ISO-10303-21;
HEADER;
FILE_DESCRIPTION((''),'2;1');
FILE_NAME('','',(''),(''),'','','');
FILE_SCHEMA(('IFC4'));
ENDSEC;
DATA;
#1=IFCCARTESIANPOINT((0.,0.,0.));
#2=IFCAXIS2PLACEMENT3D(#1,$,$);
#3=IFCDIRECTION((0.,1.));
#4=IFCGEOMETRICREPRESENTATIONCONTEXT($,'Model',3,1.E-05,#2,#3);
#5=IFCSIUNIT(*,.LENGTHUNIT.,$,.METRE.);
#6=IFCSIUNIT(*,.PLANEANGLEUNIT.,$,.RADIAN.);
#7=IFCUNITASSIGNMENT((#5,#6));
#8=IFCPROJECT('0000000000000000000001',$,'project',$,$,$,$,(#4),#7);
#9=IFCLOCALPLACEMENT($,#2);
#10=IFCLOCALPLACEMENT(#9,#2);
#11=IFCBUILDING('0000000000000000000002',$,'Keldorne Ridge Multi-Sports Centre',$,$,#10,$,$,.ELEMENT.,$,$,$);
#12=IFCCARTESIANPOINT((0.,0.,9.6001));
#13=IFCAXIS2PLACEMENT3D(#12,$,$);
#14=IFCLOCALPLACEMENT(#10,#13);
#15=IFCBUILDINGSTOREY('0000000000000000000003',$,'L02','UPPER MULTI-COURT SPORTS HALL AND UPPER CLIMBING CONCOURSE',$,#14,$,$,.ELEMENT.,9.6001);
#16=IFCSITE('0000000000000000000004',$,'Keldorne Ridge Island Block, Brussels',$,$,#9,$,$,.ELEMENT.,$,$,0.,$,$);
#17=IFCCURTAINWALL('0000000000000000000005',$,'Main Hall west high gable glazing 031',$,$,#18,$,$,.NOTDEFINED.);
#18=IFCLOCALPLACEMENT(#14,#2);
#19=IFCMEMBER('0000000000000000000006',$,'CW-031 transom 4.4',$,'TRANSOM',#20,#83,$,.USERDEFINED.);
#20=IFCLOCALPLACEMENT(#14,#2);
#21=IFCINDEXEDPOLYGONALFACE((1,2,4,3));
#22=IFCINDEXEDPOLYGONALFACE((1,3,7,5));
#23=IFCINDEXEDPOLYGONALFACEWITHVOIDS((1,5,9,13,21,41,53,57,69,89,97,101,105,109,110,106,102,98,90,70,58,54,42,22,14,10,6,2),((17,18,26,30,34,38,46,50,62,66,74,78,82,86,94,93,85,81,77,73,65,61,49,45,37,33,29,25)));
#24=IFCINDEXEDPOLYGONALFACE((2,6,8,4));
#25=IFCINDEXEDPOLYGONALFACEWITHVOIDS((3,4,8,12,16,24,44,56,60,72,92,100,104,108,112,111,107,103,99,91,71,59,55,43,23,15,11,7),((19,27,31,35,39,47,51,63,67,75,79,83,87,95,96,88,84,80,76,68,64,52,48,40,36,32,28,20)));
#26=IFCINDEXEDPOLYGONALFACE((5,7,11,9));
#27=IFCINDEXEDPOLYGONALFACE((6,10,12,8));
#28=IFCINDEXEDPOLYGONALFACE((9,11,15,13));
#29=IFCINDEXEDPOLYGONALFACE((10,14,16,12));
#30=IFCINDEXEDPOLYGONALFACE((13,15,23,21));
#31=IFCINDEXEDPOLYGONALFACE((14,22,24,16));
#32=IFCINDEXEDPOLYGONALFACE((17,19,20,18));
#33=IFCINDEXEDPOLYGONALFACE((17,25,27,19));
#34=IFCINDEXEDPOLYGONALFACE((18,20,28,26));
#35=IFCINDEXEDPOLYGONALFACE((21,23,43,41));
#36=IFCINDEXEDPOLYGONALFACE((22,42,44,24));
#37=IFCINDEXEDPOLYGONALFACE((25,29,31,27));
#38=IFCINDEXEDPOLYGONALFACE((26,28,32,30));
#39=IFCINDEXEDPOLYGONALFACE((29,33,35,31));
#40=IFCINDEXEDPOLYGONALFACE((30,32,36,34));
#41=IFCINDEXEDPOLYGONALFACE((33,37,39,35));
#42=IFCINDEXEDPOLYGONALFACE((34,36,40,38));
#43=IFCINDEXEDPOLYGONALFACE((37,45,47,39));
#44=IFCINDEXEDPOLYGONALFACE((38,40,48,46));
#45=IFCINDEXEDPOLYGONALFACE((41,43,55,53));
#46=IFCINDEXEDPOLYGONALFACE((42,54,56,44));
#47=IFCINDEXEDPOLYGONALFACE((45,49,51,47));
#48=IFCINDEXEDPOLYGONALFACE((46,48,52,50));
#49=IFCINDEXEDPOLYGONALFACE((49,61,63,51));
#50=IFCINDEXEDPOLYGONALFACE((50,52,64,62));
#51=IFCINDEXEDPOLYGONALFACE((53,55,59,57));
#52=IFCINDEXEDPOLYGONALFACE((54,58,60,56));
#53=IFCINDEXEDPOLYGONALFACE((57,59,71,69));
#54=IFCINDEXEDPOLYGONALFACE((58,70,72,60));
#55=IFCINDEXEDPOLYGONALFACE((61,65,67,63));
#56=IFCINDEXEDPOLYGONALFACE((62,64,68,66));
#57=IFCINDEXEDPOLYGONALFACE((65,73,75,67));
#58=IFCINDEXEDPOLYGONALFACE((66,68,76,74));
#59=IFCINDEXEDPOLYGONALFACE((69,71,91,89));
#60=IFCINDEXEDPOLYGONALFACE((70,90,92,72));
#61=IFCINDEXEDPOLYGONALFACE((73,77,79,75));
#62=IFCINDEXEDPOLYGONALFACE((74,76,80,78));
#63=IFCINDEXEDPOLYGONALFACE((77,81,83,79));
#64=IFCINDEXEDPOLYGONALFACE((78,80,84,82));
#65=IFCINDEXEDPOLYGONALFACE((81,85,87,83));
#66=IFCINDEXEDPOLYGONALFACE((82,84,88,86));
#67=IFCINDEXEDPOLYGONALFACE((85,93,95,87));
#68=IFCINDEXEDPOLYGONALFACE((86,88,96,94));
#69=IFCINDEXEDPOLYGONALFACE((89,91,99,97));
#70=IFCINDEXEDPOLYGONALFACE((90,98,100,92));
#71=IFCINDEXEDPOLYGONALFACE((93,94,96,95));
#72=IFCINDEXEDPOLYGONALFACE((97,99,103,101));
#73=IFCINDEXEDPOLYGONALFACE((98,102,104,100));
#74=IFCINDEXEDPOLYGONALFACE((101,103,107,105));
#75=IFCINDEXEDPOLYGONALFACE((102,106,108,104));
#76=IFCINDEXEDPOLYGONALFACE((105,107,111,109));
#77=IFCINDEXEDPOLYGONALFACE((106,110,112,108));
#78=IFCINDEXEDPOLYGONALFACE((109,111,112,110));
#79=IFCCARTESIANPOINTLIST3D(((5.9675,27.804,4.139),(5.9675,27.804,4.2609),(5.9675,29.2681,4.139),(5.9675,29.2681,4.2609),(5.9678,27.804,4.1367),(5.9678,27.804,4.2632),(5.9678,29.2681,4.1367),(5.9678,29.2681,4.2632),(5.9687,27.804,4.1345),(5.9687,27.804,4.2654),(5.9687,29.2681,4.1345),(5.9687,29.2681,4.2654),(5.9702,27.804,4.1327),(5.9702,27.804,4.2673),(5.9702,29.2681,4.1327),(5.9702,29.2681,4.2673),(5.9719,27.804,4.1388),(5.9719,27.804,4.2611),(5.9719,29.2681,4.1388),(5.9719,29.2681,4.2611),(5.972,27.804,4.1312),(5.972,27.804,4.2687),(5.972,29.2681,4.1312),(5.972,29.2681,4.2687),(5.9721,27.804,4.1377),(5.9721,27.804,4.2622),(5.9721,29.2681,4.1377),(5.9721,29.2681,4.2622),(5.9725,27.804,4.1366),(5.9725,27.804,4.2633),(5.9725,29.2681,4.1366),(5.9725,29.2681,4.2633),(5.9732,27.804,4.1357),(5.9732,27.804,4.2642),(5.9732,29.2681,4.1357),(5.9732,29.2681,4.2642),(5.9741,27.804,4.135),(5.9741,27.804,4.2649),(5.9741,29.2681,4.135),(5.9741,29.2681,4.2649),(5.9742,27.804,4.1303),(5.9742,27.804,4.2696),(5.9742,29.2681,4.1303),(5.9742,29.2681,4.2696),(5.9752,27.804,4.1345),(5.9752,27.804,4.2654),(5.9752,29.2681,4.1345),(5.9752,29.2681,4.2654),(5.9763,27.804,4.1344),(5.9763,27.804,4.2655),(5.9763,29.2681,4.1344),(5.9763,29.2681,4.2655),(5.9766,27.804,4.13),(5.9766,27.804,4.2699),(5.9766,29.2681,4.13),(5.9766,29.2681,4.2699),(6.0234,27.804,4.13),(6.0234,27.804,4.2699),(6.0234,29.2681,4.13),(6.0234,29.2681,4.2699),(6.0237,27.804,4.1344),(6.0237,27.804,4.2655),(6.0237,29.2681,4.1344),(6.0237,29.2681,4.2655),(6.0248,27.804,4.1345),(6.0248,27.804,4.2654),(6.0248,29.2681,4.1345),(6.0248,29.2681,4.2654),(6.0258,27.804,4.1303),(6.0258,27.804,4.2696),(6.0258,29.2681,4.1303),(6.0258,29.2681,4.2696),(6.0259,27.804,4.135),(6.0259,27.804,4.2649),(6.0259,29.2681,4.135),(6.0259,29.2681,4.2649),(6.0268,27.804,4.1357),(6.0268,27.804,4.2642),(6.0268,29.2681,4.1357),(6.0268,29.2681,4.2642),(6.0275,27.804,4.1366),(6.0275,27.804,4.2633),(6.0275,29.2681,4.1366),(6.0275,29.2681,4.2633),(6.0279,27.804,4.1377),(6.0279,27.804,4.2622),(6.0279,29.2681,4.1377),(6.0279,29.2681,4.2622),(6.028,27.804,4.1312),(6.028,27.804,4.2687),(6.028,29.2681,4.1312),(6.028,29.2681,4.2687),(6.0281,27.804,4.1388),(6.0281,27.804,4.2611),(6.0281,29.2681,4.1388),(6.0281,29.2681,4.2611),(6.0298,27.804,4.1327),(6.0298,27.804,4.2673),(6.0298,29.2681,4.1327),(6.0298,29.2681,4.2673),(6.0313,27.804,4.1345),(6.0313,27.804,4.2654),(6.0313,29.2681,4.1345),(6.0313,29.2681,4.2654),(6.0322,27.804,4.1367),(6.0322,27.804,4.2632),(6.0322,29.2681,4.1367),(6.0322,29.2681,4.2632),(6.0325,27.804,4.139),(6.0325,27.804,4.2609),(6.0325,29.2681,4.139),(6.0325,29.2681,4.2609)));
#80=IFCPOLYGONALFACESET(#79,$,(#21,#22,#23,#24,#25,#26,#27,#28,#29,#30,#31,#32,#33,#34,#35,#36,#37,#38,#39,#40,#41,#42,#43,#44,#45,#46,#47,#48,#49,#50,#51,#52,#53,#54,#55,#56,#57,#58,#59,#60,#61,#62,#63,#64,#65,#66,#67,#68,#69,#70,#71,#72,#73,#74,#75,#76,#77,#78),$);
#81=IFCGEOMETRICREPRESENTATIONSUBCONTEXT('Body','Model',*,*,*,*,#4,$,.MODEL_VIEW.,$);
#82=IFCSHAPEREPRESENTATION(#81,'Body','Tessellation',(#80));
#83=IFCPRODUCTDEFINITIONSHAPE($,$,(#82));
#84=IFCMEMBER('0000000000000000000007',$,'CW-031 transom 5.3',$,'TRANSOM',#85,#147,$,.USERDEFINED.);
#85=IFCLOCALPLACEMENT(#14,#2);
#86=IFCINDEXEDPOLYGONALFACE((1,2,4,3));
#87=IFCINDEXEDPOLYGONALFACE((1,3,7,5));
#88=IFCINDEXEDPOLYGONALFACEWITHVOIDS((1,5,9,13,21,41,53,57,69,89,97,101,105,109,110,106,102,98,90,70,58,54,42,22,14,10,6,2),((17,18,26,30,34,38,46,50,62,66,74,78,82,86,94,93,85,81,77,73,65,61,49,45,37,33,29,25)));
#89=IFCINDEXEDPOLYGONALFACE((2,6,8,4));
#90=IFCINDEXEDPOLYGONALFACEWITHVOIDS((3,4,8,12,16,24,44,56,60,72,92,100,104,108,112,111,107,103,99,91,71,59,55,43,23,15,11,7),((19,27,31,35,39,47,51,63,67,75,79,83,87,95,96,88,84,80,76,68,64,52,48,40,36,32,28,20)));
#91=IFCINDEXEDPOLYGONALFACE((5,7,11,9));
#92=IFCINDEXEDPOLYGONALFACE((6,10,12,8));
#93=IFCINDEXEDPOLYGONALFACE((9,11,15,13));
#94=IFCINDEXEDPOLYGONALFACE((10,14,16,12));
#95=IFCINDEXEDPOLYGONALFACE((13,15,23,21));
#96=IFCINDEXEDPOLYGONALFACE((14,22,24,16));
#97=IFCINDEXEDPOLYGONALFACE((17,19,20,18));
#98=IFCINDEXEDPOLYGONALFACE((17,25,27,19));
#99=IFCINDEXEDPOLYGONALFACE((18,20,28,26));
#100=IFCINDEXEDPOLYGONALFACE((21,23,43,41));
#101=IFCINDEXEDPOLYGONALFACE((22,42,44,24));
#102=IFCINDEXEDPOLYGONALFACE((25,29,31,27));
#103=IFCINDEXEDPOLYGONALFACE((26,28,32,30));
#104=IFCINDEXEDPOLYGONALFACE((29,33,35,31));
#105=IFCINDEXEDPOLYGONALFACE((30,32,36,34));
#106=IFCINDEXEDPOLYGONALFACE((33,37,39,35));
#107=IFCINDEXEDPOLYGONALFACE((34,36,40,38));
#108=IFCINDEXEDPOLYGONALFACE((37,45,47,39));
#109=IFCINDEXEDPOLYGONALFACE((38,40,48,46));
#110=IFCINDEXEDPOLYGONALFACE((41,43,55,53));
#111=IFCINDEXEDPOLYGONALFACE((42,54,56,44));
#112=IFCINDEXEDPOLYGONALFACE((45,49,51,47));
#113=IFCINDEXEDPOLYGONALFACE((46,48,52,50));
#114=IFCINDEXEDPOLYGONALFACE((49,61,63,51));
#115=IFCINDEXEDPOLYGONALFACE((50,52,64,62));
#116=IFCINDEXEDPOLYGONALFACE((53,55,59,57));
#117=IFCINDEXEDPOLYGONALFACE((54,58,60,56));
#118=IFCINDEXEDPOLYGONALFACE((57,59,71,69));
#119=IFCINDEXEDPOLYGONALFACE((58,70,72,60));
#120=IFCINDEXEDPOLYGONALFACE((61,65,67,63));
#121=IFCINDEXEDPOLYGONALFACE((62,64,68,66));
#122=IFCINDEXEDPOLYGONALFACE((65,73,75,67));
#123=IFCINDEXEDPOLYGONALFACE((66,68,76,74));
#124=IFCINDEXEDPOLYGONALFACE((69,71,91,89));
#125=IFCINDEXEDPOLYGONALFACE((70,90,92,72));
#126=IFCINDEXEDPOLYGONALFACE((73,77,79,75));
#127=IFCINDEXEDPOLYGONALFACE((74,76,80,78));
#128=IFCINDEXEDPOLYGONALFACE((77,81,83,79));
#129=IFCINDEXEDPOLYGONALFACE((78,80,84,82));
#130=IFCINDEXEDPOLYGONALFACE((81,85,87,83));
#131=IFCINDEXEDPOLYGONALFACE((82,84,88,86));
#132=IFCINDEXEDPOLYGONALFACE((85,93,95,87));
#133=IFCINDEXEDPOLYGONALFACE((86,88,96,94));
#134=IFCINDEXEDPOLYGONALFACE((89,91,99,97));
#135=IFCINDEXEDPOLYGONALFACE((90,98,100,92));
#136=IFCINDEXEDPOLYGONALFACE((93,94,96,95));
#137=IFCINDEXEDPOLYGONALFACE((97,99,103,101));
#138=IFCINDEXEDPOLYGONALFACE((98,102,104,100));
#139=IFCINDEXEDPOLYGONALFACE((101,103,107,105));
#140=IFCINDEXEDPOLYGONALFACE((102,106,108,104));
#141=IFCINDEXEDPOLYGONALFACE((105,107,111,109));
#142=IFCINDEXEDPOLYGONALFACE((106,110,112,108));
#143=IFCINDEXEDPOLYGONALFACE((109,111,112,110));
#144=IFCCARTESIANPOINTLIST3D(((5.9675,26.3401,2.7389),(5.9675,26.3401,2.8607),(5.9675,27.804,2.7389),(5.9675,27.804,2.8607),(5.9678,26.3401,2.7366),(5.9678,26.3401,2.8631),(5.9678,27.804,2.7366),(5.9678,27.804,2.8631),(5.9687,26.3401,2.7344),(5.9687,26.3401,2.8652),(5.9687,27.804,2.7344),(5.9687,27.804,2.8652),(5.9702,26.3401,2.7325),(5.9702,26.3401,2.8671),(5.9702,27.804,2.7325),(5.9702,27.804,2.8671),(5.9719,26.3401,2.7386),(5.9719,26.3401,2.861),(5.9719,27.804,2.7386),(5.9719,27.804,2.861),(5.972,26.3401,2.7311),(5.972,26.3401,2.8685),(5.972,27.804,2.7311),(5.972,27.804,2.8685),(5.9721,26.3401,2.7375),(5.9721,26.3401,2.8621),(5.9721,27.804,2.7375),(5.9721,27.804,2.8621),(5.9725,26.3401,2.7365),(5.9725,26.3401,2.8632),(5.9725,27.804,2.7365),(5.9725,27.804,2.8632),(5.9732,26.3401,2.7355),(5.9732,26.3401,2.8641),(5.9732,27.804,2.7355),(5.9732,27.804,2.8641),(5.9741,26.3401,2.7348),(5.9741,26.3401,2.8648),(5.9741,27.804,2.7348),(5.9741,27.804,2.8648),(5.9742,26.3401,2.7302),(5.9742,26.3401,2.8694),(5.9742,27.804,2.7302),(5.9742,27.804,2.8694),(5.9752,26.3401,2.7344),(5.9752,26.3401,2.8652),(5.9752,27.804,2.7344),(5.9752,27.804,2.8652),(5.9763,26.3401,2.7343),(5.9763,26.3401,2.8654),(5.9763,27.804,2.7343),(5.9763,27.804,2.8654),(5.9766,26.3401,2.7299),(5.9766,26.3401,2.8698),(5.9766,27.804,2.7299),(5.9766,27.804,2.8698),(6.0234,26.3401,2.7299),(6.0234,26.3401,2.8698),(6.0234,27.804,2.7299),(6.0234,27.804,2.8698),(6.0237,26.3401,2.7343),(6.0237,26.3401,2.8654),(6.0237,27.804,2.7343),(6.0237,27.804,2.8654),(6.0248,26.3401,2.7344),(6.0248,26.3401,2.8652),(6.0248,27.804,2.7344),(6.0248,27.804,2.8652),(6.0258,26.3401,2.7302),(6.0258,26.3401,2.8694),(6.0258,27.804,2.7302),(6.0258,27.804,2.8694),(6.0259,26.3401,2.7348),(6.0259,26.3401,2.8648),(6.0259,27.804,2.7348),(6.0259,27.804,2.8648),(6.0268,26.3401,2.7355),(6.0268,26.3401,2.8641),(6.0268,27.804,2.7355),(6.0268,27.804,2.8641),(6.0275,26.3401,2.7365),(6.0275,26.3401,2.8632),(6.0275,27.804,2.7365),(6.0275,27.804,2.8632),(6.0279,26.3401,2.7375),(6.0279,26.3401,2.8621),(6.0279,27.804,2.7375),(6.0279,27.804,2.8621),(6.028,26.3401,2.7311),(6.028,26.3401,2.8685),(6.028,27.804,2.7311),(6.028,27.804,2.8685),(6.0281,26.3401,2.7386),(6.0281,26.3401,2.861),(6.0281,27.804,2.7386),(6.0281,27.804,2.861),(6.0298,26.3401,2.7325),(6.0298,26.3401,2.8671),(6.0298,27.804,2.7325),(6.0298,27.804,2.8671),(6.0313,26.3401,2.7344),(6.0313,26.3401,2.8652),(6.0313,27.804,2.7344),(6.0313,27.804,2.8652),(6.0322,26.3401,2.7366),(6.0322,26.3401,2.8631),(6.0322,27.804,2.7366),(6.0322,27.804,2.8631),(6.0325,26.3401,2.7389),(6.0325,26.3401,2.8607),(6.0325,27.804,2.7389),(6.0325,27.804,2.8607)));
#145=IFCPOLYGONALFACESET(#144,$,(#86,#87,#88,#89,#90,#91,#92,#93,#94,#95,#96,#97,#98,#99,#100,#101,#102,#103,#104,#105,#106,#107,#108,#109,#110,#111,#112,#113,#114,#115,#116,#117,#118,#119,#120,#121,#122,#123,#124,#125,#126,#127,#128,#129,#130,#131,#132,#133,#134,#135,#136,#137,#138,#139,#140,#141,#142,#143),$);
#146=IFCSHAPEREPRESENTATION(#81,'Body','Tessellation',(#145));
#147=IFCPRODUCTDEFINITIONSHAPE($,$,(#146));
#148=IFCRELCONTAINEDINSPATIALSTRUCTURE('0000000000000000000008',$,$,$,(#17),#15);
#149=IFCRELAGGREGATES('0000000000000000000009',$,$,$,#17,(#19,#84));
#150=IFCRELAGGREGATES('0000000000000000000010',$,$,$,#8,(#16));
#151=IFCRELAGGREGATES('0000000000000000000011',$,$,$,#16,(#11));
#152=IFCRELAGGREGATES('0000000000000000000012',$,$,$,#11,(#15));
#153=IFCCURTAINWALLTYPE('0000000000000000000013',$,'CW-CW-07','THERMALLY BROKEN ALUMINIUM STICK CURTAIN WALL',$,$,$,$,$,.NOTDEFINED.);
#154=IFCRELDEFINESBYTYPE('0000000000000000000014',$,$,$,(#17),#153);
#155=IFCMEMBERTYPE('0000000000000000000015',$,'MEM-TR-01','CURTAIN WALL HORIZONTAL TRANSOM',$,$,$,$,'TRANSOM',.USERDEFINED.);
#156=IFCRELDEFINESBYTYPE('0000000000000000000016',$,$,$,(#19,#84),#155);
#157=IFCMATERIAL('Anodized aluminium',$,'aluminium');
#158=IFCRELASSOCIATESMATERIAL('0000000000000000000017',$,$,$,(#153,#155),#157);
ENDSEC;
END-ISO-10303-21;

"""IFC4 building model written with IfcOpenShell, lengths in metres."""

from ifc_helpers import new_model, si_unit, direction, frame, origin, origin_2d, place, context, subcontext, project, spatial, hollow_rectangle, extrude, material, material_profile, profile_set, type_object, element, aggregate, save


model = new_model("IFC4")

# Units and contexts
model_context = context("Model", 3, precision=1e-05, world=origin(), true_north=direction((0.0, 1.0)))
body_context = subcontext(model_context, "Body", "Model", "MODEL_VIEW")
ifc_project = project(units=[si_unit("LENGTHUNIT", "METRE"), si_unit("PLANEANGLEUNIT", "RADIAN")], contexts=[model_context])

# Site, building, storey
site_placement = place(None, origin())
site = spatial("IfcSite", under=ifc_project, at=site_placement, Name="Keldorne Ridge Island Block, Brussels", CompositionType="ELEMENT", RefElevation=0.0)
building_placement = place(site_placement, origin())
building = spatial("IfcBuilding", under=site, at=building_placement, Name="Keldorne Ridge Multi-Sports Centre", CompositionType="ELEMENT")
storey_placement = place(building_placement, frame((0.0, 0.0, 9.6001)))
storey = spatial("IfcBuildingStorey", under=building, at=storey_placement, Name="L02", Description="UPPER MULTI-COURT SPORTS HALL AND UPPER CLIMBING CONCOURSE", CompositionType="ELEMENT", Elevation=9.6001)

# Curtain wall, members
ifc_material_1 = material(Name="Anodized aluminium", Category="aluminium")
curtain_wall_type_1 = type_object("IfcCurtainWallType", Name="CW-CW-07", Description="THERMALLY BROKEN ALUMINIUM STICK CURTAIN WALL", PredefinedType="NOTDEFINED", material=ifc_material_1)
curtain_wall_1_placement = place(storey_placement, origin())
curtain_wall_1 = element("IfcCurtainWall", 1, at=curtain_wall_1_placement, inside=storey, type_object=curtain_wall_type_1, Name="Main Hall west high gable glazing 031", PredefinedType="NOTDEFINED")
ifc_material_profile_1 = material_profile(ifc_material_1, hollow_rectangle(XDim=0.0649, YDim=0.1399, WallThickness=0.0044, InnerFilletRadius=0.0044, OuterFilletRadius=0.009, at=origin_2d()), Name="ALU TRANSOM 140x65x4.5")
ifc_profile_set_1 = profile_set([ifc_material_profile_1], Name="Anodized aluminium")
member_type_1 = type_object("IfcMemberType", Name="MEM-TR-01", Description="CURTAIN WALL HORIZONTAL TRANSOM", ElementType="TRANSOM", PredefinedType="USERDEFINED", material=ifc_profile_set_1)
member_1_placement = place(storey_placement, frame((6.0, 29.2681, 4.2), z_axis=(0.0, -1.0, 0.0), x_axis=(1.0, 0.0, 0.0)))
member_1 = element("IfcMember", 2, at=member_1_placement, type_object=member_type_1, Name="CW-031 transom 4.4", ObjectType="TRANSOM", PredefinedType="USERDEFINED", context=body_context, shape_type="SweptSolid", body=[
    extrude(hollow_rectangle(XDim=0.0649, YDim=0.1399, WallThickness=0.0044, InnerFilletRadius=0.0044, OuterFilletRadius=0.009, at=origin_2d()), origin(), (0.0, 0.0, 1.0), 1.4641),
])
member_2_placement = place(storey_placement, frame((6.0, 27.804, 2.7998), z_axis=(0.0, -1.0, 0.0), x_axis=(1.0, 0.0, 0.0)))
member_2 = element("IfcMember", 3, at=member_2_placement, type_object=member_type_1, Name="CW-031 transom 5.3", ObjectType="TRANSOM", PredefinedType="USERDEFINED", context=body_context, shape_type="SweptSolid", body=[
    extrude(hollow_rectangle(XDim=0.0649, YDim=0.1399, WallThickness=0.0044, InnerFilletRadius=0.0044, OuterFilletRadius=0.009, at=origin_2d()), origin(), (0.0, 0.0, 1.0), 1.4639),
])

aggregate(curtain_wall_1, [member_1, member_2])

save(model, "model.ifc")
